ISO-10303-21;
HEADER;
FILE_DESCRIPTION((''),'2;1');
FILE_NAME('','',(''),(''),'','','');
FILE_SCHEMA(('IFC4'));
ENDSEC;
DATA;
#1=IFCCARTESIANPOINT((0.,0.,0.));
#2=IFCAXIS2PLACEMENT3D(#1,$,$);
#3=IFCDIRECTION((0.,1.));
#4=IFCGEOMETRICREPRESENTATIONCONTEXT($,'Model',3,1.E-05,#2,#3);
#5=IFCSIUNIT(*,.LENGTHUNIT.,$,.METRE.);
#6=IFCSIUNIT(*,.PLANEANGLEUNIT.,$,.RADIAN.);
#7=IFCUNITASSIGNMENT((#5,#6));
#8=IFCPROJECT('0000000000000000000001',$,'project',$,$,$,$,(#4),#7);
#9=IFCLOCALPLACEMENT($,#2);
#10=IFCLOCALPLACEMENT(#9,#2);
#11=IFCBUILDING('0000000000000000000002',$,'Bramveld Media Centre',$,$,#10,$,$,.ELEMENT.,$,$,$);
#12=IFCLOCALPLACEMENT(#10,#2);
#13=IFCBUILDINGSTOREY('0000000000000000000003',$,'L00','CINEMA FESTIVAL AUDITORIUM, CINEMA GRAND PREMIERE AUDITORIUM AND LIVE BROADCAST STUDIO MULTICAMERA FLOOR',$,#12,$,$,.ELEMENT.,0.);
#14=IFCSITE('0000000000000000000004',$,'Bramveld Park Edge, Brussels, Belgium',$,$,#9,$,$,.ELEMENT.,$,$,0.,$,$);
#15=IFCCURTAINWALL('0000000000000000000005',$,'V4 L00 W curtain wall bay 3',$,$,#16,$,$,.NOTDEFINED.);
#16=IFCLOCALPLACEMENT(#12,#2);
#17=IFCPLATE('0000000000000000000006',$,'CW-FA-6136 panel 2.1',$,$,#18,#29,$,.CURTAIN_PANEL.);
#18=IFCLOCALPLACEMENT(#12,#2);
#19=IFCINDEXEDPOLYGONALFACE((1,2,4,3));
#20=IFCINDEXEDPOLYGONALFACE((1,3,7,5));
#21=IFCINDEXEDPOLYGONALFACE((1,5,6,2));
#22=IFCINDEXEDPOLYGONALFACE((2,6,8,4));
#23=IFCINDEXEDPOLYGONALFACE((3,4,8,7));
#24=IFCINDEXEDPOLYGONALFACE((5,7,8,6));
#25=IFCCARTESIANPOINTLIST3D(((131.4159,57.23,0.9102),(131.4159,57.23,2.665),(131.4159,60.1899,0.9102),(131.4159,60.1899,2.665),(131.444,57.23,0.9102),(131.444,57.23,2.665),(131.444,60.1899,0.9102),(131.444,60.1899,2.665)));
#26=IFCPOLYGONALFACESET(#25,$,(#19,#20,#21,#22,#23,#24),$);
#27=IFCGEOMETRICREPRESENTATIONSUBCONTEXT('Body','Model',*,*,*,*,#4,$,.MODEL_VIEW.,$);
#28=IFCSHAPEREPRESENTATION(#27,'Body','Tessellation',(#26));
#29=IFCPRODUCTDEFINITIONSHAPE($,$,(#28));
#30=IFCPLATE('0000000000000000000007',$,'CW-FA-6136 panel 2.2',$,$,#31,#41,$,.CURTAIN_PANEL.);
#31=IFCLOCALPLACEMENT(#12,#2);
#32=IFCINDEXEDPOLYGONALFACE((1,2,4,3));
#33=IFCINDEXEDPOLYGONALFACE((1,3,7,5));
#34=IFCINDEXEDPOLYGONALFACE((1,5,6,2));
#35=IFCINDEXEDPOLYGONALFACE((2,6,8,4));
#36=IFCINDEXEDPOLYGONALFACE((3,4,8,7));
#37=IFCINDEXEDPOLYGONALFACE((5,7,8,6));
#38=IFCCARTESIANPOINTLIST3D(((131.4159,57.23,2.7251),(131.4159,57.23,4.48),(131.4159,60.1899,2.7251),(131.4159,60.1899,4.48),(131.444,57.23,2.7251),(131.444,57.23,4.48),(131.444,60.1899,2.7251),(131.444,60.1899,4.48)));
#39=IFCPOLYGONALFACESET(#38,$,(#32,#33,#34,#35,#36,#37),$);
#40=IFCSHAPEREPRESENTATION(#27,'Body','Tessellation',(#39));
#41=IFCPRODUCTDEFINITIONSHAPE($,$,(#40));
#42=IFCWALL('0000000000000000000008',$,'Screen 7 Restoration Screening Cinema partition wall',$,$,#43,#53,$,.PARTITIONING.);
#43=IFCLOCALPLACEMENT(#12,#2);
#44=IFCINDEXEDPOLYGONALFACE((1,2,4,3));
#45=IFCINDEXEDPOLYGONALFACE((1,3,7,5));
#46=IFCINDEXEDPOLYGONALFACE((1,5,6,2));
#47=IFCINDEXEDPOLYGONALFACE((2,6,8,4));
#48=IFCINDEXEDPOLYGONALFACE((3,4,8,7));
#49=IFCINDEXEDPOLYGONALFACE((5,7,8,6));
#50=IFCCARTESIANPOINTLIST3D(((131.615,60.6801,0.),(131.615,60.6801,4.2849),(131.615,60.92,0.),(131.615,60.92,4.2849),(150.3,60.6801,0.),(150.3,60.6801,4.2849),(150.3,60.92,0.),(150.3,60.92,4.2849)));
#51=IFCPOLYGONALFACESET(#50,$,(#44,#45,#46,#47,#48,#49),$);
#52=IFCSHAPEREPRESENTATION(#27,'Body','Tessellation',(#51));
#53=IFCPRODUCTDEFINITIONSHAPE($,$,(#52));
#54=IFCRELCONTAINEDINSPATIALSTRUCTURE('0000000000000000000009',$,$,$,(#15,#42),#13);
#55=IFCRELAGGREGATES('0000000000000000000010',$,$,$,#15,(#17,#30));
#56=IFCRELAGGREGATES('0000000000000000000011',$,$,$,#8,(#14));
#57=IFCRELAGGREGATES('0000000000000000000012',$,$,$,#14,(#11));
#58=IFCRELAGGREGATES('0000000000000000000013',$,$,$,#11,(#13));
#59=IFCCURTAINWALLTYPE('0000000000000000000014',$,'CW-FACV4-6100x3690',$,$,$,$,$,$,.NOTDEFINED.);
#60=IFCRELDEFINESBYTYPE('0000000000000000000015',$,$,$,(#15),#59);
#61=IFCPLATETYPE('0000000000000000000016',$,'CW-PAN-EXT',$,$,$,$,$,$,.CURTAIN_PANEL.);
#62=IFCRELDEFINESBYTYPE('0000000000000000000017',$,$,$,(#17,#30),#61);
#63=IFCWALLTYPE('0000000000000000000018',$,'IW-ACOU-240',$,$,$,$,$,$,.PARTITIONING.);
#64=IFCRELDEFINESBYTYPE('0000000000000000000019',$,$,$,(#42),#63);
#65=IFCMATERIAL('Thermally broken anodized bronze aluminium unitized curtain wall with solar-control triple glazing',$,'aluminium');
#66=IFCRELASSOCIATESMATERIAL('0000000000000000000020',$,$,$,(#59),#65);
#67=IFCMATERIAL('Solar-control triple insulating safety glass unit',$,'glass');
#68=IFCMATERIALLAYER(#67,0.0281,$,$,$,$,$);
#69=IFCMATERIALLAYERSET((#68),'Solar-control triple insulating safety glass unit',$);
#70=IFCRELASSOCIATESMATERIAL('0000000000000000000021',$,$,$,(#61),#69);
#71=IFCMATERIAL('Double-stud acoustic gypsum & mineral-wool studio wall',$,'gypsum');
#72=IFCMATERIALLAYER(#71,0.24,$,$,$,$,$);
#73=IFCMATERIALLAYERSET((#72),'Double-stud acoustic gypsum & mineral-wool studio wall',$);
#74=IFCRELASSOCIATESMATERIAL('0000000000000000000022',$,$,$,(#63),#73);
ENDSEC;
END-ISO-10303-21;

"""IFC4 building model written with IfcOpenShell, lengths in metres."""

from ifc_helpers import new_model, si_unit, direction, frame, frame_2d, origin, origin_2d, place, context, subcontext, project, spatial, rectangle, extrude, material, layer, layer_set, type_object, element, aggregate, save


model = new_model("IFC4")

# Units and contexts
model_context = context("Model", 3, precision=1e-05, world=origin(), true_north=direction((0.0, 1.0)))
body_context = subcontext(model_context, "Body", "Model", "MODEL_VIEW")
ifc_project = project(units=[si_unit("LENGTHUNIT", "METRE"), si_unit("PLANEANGLEUNIT", "RADIAN")], contexts=[model_context])

# Site, building, storey
site_placement = place(None, origin())
site = spatial("IfcSite", under=ifc_project, at=site_placement, Name="Bramveld Park Edge, Brussels, Belgium", CompositionType="ELEMENT", RefElevation=0.0)
building_placement = place(site_placement, origin())
building = spatial("IfcBuilding", under=site, at=building_placement, Name="Bramveld Media Centre", CompositionType="ELEMENT")
storey_placement = place(building_placement, origin())
storey = spatial("IfcBuildingStorey", under=building, at=storey_placement, Name="L00", Description="CINEMA FESTIVAL AUDITORIUM, CINEMA GRAND PREMIERE AUDITORIUM AND LIVE BROADCAST STUDIO MULTICAMERA FLOOR", CompositionType="ELEMENT", Elevation=0.0)

# Curtain wall
ifc_material_1 = material(Name="Thermally broken anodized bronze aluminium unitized curtain wall with solar-control triple glazing", Category="aluminium")
curtain_wall_type = type_object("IfcCurtainWallType", Name="CW-FACV4-6100x3690", PredefinedType="NOTDEFINED", material=ifc_material_1)
curtain_wall_1_placement = place(storey_placement, origin())
curtain_wall_1 = element("IfcCurtainWall", 1, at=curtain_wall_1_placement, inside=storey, type_object=curtain_wall_type, Name="V4 L00 W curtain wall bay 3", PredefinedType="NOTDEFINED")

# Plates
ifc_material_2 = material(Name="Solar-control triple insulating safety glass unit", Category="glass")
ifc_layer_1 = layer(ifc_material_2, 0.0281)
ifc_layer_set_1 = layer_set([ifc_layer_1], Name="Solar-control triple insulating safety glass unit")
plate_type = type_object("IfcPlateType", Name="CW-PAN-EXT", PredefinedType="CURTAIN_PANEL", material=ifc_layer_set_1)
plate_1_placement = place(storey_placement, frame((131.4299, 58.71, 0.9102), z_axis=(0.0, 0.0, 1.0), x_axis=(0.0, 1.0, 0.0)))
plate_1 = element("IfcPlate", 2, at=plate_1_placement, type_object=plate_type, Name="CW-FA-6136 panel 2.1", PredefinedType="CURTAIN_PANEL", context=body_context, shape_type="SweptSolid", body=[
    extrude(rectangle(XDim=2.96, YDim=0.0281, at=origin_2d()), origin(), (0.0, 0.0, 1.0), 1.7549),
])
plate_2_placement = place(storey_placement, frame((131.4299, 58.71, 2.7251), z_axis=(0.0, 0.0, 1.0), x_axis=(0.0, 1.0, 0.0)))
plate_2 = element("IfcPlate", 3, at=plate_2_placement, type_object=plate_type, Name="CW-FA-6136 panel 2.2", PredefinedType="CURTAIN_PANEL", context=body_context, shape_type="SweptSolid", body=[
    extrude(rectangle(XDim=2.96, YDim=0.0281, at=origin_2d()), origin(), (0.0, 0.0, 1.0), 1.7549),
])
aggregate(curtain_wall_1, [plate_1, plate_2])

# Wall
ifc_material_3 = material(Name="Double-stud acoustic gypsum & mineral-wool studio wall", Category="gypsum")
ifc_layer_2 = layer(ifc_material_3, 0.24)
ifc_layer_set_2 = layer_set([ifc_layer_2], Name="Double-stud acoustic gypsum & mineral-wool studio wall")
wall_type = type_object("IfcWallType", Name="IW-ACOU-240", PredefinedType="PARTITIONING", material=ifc_layer_set_2)
wall_placement = place(storey_placement, frame((131.615, 60.8, 0.0), z_axis=(0.0, 0.0, 1.0), x_axis=(1.0, 0.0, 0.0)))
element("IfcWall", 4, at=wall_placement, inside=storey, type_object=wall_type, Name="Screen 7 Restoration Screening Cinema partition wall", PredefinedType="PARTITIONING", context=body_context, shape_type="SweptSolid", body=[
    extrude(rectangle(XDim=18.6851, YDim=0.24, at=frame_2d((9.3425, 0.0))), origin(), (0.0, 0.0, 1.0), 4.2849),
])

save(model, "model.ifc")
